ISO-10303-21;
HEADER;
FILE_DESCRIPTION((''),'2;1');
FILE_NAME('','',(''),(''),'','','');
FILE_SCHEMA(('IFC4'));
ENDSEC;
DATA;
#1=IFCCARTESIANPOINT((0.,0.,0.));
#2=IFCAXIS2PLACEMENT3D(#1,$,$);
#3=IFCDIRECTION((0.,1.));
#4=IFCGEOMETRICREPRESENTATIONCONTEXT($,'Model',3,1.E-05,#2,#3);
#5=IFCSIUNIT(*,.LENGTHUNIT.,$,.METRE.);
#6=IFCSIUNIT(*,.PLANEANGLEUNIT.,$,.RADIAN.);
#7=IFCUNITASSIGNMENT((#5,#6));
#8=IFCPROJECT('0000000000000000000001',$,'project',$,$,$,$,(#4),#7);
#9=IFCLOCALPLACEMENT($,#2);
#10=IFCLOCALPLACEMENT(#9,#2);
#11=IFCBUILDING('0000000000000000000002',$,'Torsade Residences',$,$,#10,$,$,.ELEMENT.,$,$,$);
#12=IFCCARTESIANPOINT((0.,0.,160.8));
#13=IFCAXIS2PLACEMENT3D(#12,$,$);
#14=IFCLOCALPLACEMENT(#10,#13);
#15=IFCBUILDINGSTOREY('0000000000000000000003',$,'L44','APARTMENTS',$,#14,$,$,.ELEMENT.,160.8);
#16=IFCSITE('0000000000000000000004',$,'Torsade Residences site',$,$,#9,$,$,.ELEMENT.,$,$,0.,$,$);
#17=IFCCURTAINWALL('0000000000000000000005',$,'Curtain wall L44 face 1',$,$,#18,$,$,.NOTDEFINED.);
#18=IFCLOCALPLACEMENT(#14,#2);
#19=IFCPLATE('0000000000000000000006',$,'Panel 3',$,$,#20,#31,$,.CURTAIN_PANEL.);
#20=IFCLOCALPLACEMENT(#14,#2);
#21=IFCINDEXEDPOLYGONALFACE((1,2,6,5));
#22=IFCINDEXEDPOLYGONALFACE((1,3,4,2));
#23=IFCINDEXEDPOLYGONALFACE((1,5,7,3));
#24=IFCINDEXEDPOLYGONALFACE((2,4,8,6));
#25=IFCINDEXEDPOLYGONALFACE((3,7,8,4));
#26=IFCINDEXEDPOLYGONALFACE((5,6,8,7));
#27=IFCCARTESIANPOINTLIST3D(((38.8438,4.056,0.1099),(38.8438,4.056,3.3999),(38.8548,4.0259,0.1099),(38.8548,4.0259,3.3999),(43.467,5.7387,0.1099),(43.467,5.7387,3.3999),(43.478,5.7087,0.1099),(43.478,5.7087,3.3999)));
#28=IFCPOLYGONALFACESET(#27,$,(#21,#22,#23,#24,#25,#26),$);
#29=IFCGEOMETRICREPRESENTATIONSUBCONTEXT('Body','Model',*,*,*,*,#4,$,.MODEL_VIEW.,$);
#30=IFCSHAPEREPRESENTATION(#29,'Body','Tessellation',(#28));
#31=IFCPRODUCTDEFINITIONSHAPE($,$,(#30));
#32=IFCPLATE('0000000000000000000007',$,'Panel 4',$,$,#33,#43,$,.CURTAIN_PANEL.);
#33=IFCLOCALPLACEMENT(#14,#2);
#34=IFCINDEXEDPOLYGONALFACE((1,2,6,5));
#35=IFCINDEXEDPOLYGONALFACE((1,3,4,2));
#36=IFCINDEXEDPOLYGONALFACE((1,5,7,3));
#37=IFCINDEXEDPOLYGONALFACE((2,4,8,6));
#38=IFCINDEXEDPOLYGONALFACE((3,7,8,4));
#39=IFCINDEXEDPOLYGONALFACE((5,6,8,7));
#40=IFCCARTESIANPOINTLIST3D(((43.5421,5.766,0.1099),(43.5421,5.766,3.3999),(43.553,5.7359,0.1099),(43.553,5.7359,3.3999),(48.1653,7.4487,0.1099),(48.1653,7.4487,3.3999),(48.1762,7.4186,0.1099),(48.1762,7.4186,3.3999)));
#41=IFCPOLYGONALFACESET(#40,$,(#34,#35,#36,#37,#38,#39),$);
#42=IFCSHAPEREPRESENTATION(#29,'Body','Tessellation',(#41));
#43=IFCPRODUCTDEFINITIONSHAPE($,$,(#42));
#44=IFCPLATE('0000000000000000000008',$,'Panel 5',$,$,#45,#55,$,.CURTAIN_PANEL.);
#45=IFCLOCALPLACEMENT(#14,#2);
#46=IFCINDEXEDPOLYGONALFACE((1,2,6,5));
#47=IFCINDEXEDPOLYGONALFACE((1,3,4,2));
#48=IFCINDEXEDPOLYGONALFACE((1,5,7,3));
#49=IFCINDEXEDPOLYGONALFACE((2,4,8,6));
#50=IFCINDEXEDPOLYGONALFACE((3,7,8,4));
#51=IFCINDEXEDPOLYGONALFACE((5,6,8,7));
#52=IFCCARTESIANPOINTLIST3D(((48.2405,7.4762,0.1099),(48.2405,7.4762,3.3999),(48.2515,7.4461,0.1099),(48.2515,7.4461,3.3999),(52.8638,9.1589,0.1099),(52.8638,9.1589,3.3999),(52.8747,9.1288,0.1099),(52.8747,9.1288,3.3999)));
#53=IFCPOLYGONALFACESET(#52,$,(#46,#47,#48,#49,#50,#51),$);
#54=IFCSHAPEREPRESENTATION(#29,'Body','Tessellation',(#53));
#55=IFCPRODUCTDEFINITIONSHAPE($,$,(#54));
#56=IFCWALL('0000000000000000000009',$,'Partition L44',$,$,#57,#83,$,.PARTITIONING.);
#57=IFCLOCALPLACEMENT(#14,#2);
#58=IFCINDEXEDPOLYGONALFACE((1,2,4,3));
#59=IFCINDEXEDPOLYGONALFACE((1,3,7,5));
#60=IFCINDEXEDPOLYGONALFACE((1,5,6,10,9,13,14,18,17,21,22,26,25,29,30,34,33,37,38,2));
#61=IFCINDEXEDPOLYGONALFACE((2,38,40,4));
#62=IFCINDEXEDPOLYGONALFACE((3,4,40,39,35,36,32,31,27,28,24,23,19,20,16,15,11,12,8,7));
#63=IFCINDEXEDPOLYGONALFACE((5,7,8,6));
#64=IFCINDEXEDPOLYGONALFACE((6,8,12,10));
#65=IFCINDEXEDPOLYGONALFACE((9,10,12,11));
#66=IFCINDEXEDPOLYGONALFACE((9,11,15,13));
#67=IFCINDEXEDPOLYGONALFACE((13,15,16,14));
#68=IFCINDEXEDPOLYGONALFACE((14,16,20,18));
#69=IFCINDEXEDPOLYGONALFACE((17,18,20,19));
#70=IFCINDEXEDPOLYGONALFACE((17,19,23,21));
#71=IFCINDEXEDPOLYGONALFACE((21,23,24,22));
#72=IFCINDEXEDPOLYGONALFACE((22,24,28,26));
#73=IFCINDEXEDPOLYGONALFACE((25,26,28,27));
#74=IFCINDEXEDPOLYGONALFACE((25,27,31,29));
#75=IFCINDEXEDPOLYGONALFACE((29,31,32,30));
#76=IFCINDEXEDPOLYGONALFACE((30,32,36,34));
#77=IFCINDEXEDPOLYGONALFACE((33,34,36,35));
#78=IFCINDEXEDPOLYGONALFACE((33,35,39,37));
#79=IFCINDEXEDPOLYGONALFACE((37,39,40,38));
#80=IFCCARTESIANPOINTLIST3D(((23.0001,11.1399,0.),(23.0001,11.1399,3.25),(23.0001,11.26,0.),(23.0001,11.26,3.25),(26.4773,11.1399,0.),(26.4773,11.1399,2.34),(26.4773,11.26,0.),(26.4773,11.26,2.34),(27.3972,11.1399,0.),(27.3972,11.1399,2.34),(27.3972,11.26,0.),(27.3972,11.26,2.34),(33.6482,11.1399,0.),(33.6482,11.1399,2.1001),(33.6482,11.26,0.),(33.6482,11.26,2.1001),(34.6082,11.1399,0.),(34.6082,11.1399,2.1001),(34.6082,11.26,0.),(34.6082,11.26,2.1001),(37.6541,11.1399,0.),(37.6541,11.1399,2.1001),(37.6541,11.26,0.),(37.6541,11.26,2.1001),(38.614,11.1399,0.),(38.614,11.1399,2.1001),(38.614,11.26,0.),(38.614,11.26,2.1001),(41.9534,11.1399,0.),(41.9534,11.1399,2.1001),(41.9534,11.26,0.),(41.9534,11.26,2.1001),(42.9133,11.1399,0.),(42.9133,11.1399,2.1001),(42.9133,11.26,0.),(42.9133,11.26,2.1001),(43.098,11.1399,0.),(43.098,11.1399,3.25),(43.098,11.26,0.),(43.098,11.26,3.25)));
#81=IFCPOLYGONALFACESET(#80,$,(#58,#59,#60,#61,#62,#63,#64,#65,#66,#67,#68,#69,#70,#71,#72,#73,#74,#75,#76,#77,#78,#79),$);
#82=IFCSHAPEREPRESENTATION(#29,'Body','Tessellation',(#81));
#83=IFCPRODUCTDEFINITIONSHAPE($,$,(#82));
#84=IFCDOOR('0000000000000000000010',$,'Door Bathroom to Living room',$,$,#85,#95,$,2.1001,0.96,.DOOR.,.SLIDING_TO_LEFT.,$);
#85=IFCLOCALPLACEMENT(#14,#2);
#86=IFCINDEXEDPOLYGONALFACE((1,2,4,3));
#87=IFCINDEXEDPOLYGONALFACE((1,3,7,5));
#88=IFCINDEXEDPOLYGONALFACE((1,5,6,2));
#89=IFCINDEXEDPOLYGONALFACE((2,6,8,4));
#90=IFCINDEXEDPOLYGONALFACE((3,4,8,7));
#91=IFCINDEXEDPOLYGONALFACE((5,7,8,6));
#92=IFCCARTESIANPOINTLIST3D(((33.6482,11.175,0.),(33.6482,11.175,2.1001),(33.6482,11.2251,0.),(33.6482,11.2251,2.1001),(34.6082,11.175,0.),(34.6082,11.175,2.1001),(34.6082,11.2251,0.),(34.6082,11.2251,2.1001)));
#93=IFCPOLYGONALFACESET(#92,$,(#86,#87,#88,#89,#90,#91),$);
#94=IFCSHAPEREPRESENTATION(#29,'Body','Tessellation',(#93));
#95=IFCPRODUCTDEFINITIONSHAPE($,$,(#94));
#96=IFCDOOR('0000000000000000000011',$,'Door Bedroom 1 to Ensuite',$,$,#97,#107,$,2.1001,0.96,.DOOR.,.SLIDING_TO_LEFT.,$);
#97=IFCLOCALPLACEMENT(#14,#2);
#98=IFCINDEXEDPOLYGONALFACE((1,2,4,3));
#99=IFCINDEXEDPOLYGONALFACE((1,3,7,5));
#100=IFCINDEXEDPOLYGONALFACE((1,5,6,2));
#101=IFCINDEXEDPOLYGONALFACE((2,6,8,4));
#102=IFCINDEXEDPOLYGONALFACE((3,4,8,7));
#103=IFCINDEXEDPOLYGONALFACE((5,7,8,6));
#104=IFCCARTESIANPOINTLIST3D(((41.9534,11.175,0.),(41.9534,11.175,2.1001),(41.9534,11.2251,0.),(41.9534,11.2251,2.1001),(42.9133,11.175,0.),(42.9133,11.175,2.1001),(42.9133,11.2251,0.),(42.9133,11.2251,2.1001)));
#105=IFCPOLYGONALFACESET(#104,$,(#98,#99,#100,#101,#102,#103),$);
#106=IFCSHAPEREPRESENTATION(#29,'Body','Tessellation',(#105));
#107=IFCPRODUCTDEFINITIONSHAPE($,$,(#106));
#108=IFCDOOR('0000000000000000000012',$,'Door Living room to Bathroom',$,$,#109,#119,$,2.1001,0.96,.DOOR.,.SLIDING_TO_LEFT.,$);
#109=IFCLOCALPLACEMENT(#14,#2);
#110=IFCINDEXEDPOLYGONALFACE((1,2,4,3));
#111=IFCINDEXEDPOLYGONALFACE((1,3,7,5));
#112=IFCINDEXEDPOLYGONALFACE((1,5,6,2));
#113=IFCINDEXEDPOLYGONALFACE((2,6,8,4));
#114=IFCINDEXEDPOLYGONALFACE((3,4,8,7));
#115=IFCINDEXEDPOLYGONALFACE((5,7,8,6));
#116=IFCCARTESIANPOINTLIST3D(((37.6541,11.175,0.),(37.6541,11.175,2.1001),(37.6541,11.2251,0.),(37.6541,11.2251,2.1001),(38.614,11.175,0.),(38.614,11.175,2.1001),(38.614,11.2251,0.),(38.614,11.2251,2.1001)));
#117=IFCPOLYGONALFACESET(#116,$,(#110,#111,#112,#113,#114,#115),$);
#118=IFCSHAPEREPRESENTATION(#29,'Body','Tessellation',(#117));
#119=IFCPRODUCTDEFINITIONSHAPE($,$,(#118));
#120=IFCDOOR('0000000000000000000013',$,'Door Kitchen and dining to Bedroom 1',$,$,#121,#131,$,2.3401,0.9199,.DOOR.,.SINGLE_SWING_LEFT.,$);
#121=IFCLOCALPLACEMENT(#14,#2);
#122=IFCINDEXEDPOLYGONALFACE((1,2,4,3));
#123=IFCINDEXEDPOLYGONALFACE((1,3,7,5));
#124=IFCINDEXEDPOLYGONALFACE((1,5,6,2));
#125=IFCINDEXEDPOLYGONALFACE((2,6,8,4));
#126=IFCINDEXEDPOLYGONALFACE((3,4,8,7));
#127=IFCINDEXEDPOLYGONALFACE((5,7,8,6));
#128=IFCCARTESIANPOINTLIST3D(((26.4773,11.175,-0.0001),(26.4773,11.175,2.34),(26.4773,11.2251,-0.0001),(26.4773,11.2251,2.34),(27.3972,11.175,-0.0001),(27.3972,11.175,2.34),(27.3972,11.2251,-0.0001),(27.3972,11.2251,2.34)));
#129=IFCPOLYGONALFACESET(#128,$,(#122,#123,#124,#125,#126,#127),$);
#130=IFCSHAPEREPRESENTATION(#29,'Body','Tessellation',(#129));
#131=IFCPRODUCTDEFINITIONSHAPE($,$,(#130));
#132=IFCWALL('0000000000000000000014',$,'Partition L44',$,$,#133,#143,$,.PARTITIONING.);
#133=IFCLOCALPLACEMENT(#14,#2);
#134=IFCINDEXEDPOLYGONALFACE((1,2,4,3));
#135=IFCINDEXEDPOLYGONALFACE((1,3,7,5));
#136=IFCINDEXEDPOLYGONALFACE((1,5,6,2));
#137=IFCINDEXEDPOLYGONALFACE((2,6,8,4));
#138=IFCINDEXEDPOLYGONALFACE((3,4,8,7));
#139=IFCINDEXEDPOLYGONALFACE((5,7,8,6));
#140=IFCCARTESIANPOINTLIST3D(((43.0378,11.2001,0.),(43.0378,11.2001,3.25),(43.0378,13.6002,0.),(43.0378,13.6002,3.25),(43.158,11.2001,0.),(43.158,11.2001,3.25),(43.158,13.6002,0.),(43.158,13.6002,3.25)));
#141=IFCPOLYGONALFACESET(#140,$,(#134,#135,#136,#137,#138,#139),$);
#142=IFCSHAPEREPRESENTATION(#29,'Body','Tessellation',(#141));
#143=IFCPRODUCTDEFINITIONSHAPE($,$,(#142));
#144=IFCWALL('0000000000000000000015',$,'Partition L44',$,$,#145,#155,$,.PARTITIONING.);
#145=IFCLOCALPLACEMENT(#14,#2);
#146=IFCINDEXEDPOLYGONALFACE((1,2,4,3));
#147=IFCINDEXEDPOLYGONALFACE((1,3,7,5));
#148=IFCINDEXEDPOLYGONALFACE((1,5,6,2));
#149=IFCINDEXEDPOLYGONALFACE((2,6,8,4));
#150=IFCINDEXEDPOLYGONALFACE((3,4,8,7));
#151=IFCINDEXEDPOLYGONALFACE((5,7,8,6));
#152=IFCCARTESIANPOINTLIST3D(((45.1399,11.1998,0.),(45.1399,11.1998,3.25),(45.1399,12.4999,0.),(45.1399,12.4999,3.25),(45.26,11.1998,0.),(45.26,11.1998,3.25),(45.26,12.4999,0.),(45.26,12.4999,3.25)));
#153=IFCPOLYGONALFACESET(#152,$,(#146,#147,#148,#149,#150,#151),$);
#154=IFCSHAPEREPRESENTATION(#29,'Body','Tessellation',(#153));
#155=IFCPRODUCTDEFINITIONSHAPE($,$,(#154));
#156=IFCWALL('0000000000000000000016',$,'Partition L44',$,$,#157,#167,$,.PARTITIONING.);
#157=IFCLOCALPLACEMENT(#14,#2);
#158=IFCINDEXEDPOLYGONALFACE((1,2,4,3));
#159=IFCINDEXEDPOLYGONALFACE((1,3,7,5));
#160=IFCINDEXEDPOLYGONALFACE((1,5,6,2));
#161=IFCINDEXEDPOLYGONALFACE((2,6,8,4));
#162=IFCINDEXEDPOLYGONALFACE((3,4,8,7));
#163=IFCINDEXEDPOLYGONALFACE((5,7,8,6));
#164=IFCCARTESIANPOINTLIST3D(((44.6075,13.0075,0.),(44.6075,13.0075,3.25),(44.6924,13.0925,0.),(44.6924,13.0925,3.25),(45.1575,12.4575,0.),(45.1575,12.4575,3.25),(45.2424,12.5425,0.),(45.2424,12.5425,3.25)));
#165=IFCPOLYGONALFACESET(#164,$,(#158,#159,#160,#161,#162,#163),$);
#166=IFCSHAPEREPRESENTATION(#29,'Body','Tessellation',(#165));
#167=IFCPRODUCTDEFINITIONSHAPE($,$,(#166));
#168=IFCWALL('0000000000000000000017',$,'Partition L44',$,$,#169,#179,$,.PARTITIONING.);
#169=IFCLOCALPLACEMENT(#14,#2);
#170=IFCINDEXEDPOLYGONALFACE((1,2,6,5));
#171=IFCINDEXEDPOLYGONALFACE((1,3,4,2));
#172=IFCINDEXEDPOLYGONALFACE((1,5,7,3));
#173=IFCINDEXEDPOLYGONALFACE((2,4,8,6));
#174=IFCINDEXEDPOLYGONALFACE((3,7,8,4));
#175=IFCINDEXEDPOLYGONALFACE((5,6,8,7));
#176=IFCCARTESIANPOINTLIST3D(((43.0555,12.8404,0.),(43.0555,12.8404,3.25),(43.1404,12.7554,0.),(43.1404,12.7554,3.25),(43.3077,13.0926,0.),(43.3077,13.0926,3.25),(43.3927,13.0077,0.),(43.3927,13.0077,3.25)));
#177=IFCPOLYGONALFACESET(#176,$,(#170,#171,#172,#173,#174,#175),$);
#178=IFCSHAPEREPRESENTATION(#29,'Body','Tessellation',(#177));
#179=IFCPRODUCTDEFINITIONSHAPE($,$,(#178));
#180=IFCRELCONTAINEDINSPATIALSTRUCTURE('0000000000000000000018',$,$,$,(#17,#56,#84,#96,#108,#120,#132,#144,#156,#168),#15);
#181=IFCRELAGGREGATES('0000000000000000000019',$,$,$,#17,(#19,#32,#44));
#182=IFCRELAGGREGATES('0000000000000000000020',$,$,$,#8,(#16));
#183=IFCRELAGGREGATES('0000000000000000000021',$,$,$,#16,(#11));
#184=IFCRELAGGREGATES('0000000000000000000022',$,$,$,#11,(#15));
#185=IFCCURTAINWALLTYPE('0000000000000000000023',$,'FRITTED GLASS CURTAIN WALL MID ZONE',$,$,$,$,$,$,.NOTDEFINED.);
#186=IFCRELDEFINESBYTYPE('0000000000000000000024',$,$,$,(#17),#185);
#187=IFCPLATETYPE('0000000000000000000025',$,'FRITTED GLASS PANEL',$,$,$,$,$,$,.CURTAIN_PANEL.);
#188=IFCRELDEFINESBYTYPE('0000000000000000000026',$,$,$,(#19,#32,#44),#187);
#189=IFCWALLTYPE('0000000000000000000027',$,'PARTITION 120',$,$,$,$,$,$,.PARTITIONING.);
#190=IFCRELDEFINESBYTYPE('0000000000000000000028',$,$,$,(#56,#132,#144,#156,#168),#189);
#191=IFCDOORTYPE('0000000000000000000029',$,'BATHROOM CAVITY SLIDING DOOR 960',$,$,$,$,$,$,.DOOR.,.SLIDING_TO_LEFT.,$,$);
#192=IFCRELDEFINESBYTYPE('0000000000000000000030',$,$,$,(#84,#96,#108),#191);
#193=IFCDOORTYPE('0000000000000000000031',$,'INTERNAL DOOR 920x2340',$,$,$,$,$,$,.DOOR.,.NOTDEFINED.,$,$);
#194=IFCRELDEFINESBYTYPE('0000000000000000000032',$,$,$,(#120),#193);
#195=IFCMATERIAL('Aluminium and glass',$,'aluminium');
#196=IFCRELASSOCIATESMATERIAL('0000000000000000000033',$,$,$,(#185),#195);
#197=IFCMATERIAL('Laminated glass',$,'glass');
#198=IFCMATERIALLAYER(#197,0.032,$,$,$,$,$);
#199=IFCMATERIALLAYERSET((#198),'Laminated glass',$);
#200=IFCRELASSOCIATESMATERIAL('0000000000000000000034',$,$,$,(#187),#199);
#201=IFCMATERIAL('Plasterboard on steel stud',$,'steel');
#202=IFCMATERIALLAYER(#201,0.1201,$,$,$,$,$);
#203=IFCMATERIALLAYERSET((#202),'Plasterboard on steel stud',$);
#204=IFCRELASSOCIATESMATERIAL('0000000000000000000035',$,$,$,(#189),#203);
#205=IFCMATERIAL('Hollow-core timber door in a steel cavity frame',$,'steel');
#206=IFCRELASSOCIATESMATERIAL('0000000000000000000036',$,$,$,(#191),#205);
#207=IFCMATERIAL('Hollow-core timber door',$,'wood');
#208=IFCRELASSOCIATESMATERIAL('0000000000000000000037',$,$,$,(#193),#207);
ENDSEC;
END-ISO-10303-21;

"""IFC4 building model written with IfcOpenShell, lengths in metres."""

from ifc_helpers import new_model, si_unit, direction, frame, frame_2d, origin, origin_2d, place, context, subcontext, project, spatial, rectangle, extrude, material, layer, layer_set, type_object, element, fill, aggregate, save


model = new_model("IFC4")

# Units and contexts
model_context = context("Model", 3, precision=1e-05, world=origin(), true_north=direction((0.0, 1.0)))
body_context = subcontext(model_context, "Body", "Model", "MODEL_VIEW")
ifc_project = project(units=[si_unit("LENGTHUNIT", "METRE"), si_unit("PLANEANGLEUNIT", "RADIAN")], contexts=[model_context])

# Site, building, storey
site_placement = place(None, origin())
site = spatial("IfcSite", under=ifc_project, at=site_placement, Name="Torsade Residences site", CompositionType="ELEMENT", RefElevation=0.0)
building_placement = place(site_placement, origin())
building = spatial("IfcBuilding", under=site, at=building_placement, Name="Torsade Residences", CompositionType="ELEMENT")
storey_placement = place(building_placement, frame((0.0, 0.0, 160.8)))
storey = spatial("IfcBuildingStorey", under=building, at=storey_placement, Name="L44", Description="APARTMENTS", CompositionType="ELEMENT", Elevation=160.8)

# Curtain wall
ifc_material_1 = material(Name="Aluminium and glass", Category="aluminium")
curtain_wall_type = type_object("IfcCurtainWallType", Name="FRITTED GLASS CURTAIN WALL MID ZONE", PredefinedType="NOTDEFINED", material=ifc_material_1)
curtain_wall_placement = place(storey_placement, origin())
curtain_wall = element("IfcCurtainWall", 1, at=curtain_wall_placement, inside=storey, type_object=curtain_wall_type, Name="Curtain wall L44 face 1", PredefinedType="NOTDEFINED")

# Plates
ifc_material_2 = material(Name="Laminated glass", Category="glass")
ifc_layer_1 = layer(ifc_material_2, 0.032)
ifc_layer_set_1 = layer_set([ifc_layer_1], Name="Laminated glass")
plate_type = type_object("IfcPlateType", Name="FRITTED GLASS PANEL", PredefinedType="CURTAIN_PANEL", material=ifc_layer_set_1)
plate_1_placement = place(storey_placement, frame((41.1609, 4.8823, 0.1099), z_axis=(0.0, 0.0, 1.0), x_axis=(0.939693, 0.34202, 0.0)))
plate_1 = element("IfcPlate", 2, at=plate_1_placement, type_object=plate_type, Name="Panel 3", PredefinedType="CURTAIN_PANEL", context=body_context, shape_type="SweptSolid", body=[
    extrude(rectangle(XDim=4.9199, YDim=0.032, at=origin_2d()), origin(), (0.0, 0.0, 1.0), 3.29),
])
plate_2_placement = place(storey_placement, frame((45.8591, 6.5923, 0.1099), z_axis=(0.0, 0.0, 1.0), x_axis=(0.939693, 0.34202, 0.0)))
plate_2 = element("IfcPlate", 3, at=plate_2_placement, type_object=plate_type, Name="Panel 4", PredefinedType="CURTAIN_PANEL", context=body_context, shape_type="SweptSolid", body=[
    extrude(rectangle(XDim=4.9199, YDim=0.032, at=origin_2d()), origin(), (0.0, 0.0, 1.0), 3.29),
])
plate_3_placement = place(storey_placement, frame((50.5576, 8.3025, 0.1099), z_axis=(0.0, 0.0, 1.0), x_axis=(0.939693, 0.34202, 0.0)))
plate_3 = element("IfcPlate", 4, at=plate_3_placement, type_object=plate_type, Name="Panel 5", PredefinedType="CURTAIN_PANEL", context=body_context, shape_type="SweptSolid", body=[
    extrude(rectangle(XDim=4.9199, YDim=0.032, at=origin_2d()), origin(), (0.0, 0.0, 1.0), 3.29),
])
aggregate(curtain_wall, [plate_1, plate_2, plate_3])

# Wall, openings, doors
ifc_material_3 = material(Name="Plasterboard on steel stud", Category="steel")
ifc_layer_2 = layer(ifc_material_3, 0.1201)
ifc_layer_set_2 = layer_set([ifc_layer_2], Name="Plasterboard on steel stud")
wall_type_1 = type_object("IfcWallType", Name="PARTITION 120", PredefinedType="PARTITIONING", material=ifc_layer_set_2)
wall_1_placement = place(storey_placement, frame((43.0979, 11.2, 0.0), z_axis=(0.0, 0.0, 1.0), x_axis=(-1.0, 0.0, 0.0)))
wall_1 = element("IfcWall", 5, at=wall_1_placement, inside=storey, type_object=wall_type_1, Name="Partition L44", PredefinedType="PARTITIONING", context=body_context, shape_type="SweptSolid", body=[
    extrude(rectangle(XDim=20.0979, YDim=0.1201, at=frame_2d((10.0488, 0.0))), origin(), (0.0, 0.0, 1.0), 3.25),
])
opening_1_placement = place(wall_1_placement, frame((15.7007, 0.0, 0.0)))
opening_1 = element("IfcOpeningElement", 6, at=opening_1_placement, cuts=wall_1, PredefinedType="OPENING", context=body_context, shape_type="SweptSolid", body=[
    extrude(rectangle(XDim=0.9199, YDim=2.3401, at=frame_2d((0.46, 1.1699))), frame((0.0, 0.0701, 0.0), z_axis=(0.0, -1.0, 0.0), x_axis=(1.0, 0.0, 0.0)), (0.0, 0.0, 1.0), 0.1401),
])
opening_2_placement = place(wall_1_placement, frame((8.4897, 0.0, 0.0)))
opening_2 = element("IfcOpeningElement", 7, at=opening_2_placement, cuts=wall_1, PredefinedType="OPENING", context=body_context, shape_type="SweptSolid", body=[
    extrude(rectangle(XDim=0.96, YDim=2.1001, at=frame_2d((0.48, 1.05))), frame((0.0, 0.0701, 0.0), z_axis=(0.0, -1.0, 0.0), x_axis=(1.0, 0.0, 0.0)), (0.0, 0.0, 1.0), 0.1401),
])
opening_3_placement = place(wall_1_placement, frame((0.1846, 0.0, 0.0)))
opening_3 = element("IfcOpeningElement", 8, at=opening_3_placement, cuts=wall_1, PredefinedType="OPENING", context=body_context, shape_type="SweptSolid", body=[
    extrude(rectangle(XDim=0.96, YDim=2.1001, at=frame_2d((0.48, 1.05))), frame((0.0, 0.0701, 0.0), z_axis=(0.0, -1.0, 0.0), x_axis=(1.0, 0.0, 0.0)), (0.0, 0.0, 1.0), 0.1401),
])
opening_4_placement = place(wall_1_placement, frame((4.4839, 0.0, 0.0)))
opening_4 = element("IfcOpeningElement", 9, at=opening_4_placement, cuts=wall_1, PredefinedType="OPENING", context=body_context, shape_type="SweptSolid", body=[
    extrude(rectangle(XDim=0.96, YDim=2.1001, at=frame_2d((0.48, 1.05))), frame((0.0, 0.0701, 0.0), z_axis=(0.0, -1.0, 0.0), x_axis=(1.0, 0.0, 0.0)), (0.0, 0.0, 1.0), 0.1401),
])
ifc_material_4 = material(Name="Hollow-core timber door in a steel cavity frame", Category="steel")
door_type_1 = type_object("IfcDoorType", Name="BATHROOM CAVITY SLIDING DOOR 960", OperationType="SLIDING_TO_LEFT", PredefinedType="DOOR", material=ifc_material_4)
door_1_placement = place(opening_2_placement, origin())
door_1 = element("IfcDoor", 10, at=door_1_placement, inside=storey, type_object=door_type_1, Name="Door Bathroom to Living room", OperationType="SLIDING_TO_LEFT", OverallHeight=2.1001, OverallWidth=0.96, PredefinedType="DOOR", context=body_context, shape_type="SweptSolid", body=[
    extrude(rectangle(XDim=0.96, YDim=2.1001, at=frame_2d((0.48, 1.05))), frame((0.0, 0.0249, 0.0), z_axis=(0.0, -1.0, 0.0), x_axis=(1.0, 0.0, 0.0)), (0.0, 0.0, 1.0), 0.05),
])
fill(opening_2, door_1)
door_2_placement = place(opening_3_placement, origin())
door_2 = element("IfcDoor", 11, at=door_2_placement, inside=storey, type_object=door_type_1, Name="Door Bedroom 1 to Ensuite", OperationType="SLIDING_TO_LEFT", OverallHeight=2.1001, OverallWidth=0.96, PredefinedType="DOOR", context=body_context, shape_type="SweptSolid", body=[
    extrude(rectangle(XDim=0.96, YDim=2.1001, at=frame_2d((0.48, 1.05))), frame((0.0, 0.0249, 0.0), z_axis=(0.0, -1.0, 0.0), x_axis=(1.0, 0.0, 0.0)), (0.0, 0.0, 1.0), 0.05),
])
fill(opening_3, door_2)
door_3_placement = place(opening_4_placement, origin())
door_3 = element("IfcDoor", 12, at=door_3_placement, inside=storey, type_object=door_type_1, Name="Door Living room to Bathroom", OperationType="SLIDING_TO_LEFT", OverallHeight=2.1001, OverallWidth=0.96, PredefinedType="DOOR", context=body_context, shape_type="SweptSolid", body=[
    extrude(rectangle(XDim=0.96, YDim=2.1001, at=frame_2d((0.48, 1.05))), frame((0.0, 0.0249, 0.0), z_axis=(0.0, -1.0, 0.0), x_axis=(1.0, 0.0, 0.0)), (0.0, 0.0, 1.0), 0.05),
])
fill(opening_4, door_3)
ifc_material_5 = material(Name="Hollow-core timber door", Category="wood")
door_type_2 = type_object("IfcDoorType", Name="INTERNAL DOOR 920x2340", OperationType="NOTDEFINED", PredefinedType="DOOR", material=ifc_material_5)
door_4_placement = place(opening_1_placement, origin())
door_4 = element("IfcDoor", 13, at=door_4_placement, inside=storey, type_object=door_type_2, Name="Door Kitchen and dining to Bedroom 1", OperationType="SINGLE_SWING_LEFT", OverallHeight=2.3401, OverallWidth=0.9199, PredefinedType="DOOR", context=body_context, shape_type="SweptSolid", body=[
    extrude(rectangle(XDim=0.9199, YDim=2.3401, at=frame_2d((0.46, 1.1699))), frame((0.0, 0.0249, 0.0), z_axis=(0.0, -1.0, 0.0), x_axis=(1.0, 0.0, 0.0)), (0.0, 0.0, 1.0), 0.05),
])
fill(opening_1, door_4)

# Walls
wall_2_placement = place(storey_placement, frame((43.0979, 11.2, 0.0), z_axis=(0.0, 0.0, 1.0), x_axis=(0.0, 1.0, 0.0)))
element("IfcWall", 14, at=wall_2_placement, inside=storey, type_object=wall_type_1, Name="Partition L44", PredefinedType="PARTITIONING", context=body_context, shape_type="SweptSolid", body=[
    extrude(rectangle(XDim=2.4001, YDim=0.1201, at=frame_2d((1.2002, 0.0))), origin(), (0.0, 0.0, 1.0), 3.25),
])
wall_3_placement = place(storey_placement, frame((45.2, 11.2, 0.0), z_axis=(0.0, 0.0, 1.0), x_axis=(0.0, 1.0, 0.0)))
element("IfcWall", 15, at=wall_3_placement, inside=storey, type_object=wall_type_1, Name="Partition L44", PredefinedType="PARTITIONING", context=body_context, shape_type="SweptSolid", body=[
    extrude(rectangle(XDim=1.3, YDim=0.1201, at=frame_2d((0.6499, 0.0))), origin(), (0.0, 0.0, 1.0), 3.25),
])
wall_4_placement = place(storey_placement, frame((45.2, 12.5, 0.0), z_axis=(0.0, 0.0, 1.0), x_axis=(-0.707107, 0.707107, 0.0)))
element("IfcWall", 16, at=wall_4_placement, inside=storey, type_object=wall_type_1, Name="Partition L44", PredefinedType="PARTITIONING", context=body_context, shape_type="SweptSolid", body=[
    extrude(rectangle(XDim=0.7778, YDim=0.1201, at=frame_2d((0.3889, 0.0))), origin(), (0.0, 0.0, 1.0), 3.25),
])
wall_5_placement = place(storey_placement, frame((43.3501, 13.05, 0.0), z_axis=(0.0, 0.0, 1.0), x_axis=(-0.707107, -0.707107, 0.0)))
element("IfcWall", 17, at=wall_5_placement, inside=storey, type_object=wall_type_1, Name="Partition L44", PredefinedType="PARTITIONING", context=body_context, shape_type="SweptSolid", body=[
    extrude(rectangle(XDim=0.3567, YDim=0.1201, at=frame_2d((0.1782, 0.0))), origin(), (0.0, 0.0, 1.0), 3.25),
])

save(model, "model.ifc")
